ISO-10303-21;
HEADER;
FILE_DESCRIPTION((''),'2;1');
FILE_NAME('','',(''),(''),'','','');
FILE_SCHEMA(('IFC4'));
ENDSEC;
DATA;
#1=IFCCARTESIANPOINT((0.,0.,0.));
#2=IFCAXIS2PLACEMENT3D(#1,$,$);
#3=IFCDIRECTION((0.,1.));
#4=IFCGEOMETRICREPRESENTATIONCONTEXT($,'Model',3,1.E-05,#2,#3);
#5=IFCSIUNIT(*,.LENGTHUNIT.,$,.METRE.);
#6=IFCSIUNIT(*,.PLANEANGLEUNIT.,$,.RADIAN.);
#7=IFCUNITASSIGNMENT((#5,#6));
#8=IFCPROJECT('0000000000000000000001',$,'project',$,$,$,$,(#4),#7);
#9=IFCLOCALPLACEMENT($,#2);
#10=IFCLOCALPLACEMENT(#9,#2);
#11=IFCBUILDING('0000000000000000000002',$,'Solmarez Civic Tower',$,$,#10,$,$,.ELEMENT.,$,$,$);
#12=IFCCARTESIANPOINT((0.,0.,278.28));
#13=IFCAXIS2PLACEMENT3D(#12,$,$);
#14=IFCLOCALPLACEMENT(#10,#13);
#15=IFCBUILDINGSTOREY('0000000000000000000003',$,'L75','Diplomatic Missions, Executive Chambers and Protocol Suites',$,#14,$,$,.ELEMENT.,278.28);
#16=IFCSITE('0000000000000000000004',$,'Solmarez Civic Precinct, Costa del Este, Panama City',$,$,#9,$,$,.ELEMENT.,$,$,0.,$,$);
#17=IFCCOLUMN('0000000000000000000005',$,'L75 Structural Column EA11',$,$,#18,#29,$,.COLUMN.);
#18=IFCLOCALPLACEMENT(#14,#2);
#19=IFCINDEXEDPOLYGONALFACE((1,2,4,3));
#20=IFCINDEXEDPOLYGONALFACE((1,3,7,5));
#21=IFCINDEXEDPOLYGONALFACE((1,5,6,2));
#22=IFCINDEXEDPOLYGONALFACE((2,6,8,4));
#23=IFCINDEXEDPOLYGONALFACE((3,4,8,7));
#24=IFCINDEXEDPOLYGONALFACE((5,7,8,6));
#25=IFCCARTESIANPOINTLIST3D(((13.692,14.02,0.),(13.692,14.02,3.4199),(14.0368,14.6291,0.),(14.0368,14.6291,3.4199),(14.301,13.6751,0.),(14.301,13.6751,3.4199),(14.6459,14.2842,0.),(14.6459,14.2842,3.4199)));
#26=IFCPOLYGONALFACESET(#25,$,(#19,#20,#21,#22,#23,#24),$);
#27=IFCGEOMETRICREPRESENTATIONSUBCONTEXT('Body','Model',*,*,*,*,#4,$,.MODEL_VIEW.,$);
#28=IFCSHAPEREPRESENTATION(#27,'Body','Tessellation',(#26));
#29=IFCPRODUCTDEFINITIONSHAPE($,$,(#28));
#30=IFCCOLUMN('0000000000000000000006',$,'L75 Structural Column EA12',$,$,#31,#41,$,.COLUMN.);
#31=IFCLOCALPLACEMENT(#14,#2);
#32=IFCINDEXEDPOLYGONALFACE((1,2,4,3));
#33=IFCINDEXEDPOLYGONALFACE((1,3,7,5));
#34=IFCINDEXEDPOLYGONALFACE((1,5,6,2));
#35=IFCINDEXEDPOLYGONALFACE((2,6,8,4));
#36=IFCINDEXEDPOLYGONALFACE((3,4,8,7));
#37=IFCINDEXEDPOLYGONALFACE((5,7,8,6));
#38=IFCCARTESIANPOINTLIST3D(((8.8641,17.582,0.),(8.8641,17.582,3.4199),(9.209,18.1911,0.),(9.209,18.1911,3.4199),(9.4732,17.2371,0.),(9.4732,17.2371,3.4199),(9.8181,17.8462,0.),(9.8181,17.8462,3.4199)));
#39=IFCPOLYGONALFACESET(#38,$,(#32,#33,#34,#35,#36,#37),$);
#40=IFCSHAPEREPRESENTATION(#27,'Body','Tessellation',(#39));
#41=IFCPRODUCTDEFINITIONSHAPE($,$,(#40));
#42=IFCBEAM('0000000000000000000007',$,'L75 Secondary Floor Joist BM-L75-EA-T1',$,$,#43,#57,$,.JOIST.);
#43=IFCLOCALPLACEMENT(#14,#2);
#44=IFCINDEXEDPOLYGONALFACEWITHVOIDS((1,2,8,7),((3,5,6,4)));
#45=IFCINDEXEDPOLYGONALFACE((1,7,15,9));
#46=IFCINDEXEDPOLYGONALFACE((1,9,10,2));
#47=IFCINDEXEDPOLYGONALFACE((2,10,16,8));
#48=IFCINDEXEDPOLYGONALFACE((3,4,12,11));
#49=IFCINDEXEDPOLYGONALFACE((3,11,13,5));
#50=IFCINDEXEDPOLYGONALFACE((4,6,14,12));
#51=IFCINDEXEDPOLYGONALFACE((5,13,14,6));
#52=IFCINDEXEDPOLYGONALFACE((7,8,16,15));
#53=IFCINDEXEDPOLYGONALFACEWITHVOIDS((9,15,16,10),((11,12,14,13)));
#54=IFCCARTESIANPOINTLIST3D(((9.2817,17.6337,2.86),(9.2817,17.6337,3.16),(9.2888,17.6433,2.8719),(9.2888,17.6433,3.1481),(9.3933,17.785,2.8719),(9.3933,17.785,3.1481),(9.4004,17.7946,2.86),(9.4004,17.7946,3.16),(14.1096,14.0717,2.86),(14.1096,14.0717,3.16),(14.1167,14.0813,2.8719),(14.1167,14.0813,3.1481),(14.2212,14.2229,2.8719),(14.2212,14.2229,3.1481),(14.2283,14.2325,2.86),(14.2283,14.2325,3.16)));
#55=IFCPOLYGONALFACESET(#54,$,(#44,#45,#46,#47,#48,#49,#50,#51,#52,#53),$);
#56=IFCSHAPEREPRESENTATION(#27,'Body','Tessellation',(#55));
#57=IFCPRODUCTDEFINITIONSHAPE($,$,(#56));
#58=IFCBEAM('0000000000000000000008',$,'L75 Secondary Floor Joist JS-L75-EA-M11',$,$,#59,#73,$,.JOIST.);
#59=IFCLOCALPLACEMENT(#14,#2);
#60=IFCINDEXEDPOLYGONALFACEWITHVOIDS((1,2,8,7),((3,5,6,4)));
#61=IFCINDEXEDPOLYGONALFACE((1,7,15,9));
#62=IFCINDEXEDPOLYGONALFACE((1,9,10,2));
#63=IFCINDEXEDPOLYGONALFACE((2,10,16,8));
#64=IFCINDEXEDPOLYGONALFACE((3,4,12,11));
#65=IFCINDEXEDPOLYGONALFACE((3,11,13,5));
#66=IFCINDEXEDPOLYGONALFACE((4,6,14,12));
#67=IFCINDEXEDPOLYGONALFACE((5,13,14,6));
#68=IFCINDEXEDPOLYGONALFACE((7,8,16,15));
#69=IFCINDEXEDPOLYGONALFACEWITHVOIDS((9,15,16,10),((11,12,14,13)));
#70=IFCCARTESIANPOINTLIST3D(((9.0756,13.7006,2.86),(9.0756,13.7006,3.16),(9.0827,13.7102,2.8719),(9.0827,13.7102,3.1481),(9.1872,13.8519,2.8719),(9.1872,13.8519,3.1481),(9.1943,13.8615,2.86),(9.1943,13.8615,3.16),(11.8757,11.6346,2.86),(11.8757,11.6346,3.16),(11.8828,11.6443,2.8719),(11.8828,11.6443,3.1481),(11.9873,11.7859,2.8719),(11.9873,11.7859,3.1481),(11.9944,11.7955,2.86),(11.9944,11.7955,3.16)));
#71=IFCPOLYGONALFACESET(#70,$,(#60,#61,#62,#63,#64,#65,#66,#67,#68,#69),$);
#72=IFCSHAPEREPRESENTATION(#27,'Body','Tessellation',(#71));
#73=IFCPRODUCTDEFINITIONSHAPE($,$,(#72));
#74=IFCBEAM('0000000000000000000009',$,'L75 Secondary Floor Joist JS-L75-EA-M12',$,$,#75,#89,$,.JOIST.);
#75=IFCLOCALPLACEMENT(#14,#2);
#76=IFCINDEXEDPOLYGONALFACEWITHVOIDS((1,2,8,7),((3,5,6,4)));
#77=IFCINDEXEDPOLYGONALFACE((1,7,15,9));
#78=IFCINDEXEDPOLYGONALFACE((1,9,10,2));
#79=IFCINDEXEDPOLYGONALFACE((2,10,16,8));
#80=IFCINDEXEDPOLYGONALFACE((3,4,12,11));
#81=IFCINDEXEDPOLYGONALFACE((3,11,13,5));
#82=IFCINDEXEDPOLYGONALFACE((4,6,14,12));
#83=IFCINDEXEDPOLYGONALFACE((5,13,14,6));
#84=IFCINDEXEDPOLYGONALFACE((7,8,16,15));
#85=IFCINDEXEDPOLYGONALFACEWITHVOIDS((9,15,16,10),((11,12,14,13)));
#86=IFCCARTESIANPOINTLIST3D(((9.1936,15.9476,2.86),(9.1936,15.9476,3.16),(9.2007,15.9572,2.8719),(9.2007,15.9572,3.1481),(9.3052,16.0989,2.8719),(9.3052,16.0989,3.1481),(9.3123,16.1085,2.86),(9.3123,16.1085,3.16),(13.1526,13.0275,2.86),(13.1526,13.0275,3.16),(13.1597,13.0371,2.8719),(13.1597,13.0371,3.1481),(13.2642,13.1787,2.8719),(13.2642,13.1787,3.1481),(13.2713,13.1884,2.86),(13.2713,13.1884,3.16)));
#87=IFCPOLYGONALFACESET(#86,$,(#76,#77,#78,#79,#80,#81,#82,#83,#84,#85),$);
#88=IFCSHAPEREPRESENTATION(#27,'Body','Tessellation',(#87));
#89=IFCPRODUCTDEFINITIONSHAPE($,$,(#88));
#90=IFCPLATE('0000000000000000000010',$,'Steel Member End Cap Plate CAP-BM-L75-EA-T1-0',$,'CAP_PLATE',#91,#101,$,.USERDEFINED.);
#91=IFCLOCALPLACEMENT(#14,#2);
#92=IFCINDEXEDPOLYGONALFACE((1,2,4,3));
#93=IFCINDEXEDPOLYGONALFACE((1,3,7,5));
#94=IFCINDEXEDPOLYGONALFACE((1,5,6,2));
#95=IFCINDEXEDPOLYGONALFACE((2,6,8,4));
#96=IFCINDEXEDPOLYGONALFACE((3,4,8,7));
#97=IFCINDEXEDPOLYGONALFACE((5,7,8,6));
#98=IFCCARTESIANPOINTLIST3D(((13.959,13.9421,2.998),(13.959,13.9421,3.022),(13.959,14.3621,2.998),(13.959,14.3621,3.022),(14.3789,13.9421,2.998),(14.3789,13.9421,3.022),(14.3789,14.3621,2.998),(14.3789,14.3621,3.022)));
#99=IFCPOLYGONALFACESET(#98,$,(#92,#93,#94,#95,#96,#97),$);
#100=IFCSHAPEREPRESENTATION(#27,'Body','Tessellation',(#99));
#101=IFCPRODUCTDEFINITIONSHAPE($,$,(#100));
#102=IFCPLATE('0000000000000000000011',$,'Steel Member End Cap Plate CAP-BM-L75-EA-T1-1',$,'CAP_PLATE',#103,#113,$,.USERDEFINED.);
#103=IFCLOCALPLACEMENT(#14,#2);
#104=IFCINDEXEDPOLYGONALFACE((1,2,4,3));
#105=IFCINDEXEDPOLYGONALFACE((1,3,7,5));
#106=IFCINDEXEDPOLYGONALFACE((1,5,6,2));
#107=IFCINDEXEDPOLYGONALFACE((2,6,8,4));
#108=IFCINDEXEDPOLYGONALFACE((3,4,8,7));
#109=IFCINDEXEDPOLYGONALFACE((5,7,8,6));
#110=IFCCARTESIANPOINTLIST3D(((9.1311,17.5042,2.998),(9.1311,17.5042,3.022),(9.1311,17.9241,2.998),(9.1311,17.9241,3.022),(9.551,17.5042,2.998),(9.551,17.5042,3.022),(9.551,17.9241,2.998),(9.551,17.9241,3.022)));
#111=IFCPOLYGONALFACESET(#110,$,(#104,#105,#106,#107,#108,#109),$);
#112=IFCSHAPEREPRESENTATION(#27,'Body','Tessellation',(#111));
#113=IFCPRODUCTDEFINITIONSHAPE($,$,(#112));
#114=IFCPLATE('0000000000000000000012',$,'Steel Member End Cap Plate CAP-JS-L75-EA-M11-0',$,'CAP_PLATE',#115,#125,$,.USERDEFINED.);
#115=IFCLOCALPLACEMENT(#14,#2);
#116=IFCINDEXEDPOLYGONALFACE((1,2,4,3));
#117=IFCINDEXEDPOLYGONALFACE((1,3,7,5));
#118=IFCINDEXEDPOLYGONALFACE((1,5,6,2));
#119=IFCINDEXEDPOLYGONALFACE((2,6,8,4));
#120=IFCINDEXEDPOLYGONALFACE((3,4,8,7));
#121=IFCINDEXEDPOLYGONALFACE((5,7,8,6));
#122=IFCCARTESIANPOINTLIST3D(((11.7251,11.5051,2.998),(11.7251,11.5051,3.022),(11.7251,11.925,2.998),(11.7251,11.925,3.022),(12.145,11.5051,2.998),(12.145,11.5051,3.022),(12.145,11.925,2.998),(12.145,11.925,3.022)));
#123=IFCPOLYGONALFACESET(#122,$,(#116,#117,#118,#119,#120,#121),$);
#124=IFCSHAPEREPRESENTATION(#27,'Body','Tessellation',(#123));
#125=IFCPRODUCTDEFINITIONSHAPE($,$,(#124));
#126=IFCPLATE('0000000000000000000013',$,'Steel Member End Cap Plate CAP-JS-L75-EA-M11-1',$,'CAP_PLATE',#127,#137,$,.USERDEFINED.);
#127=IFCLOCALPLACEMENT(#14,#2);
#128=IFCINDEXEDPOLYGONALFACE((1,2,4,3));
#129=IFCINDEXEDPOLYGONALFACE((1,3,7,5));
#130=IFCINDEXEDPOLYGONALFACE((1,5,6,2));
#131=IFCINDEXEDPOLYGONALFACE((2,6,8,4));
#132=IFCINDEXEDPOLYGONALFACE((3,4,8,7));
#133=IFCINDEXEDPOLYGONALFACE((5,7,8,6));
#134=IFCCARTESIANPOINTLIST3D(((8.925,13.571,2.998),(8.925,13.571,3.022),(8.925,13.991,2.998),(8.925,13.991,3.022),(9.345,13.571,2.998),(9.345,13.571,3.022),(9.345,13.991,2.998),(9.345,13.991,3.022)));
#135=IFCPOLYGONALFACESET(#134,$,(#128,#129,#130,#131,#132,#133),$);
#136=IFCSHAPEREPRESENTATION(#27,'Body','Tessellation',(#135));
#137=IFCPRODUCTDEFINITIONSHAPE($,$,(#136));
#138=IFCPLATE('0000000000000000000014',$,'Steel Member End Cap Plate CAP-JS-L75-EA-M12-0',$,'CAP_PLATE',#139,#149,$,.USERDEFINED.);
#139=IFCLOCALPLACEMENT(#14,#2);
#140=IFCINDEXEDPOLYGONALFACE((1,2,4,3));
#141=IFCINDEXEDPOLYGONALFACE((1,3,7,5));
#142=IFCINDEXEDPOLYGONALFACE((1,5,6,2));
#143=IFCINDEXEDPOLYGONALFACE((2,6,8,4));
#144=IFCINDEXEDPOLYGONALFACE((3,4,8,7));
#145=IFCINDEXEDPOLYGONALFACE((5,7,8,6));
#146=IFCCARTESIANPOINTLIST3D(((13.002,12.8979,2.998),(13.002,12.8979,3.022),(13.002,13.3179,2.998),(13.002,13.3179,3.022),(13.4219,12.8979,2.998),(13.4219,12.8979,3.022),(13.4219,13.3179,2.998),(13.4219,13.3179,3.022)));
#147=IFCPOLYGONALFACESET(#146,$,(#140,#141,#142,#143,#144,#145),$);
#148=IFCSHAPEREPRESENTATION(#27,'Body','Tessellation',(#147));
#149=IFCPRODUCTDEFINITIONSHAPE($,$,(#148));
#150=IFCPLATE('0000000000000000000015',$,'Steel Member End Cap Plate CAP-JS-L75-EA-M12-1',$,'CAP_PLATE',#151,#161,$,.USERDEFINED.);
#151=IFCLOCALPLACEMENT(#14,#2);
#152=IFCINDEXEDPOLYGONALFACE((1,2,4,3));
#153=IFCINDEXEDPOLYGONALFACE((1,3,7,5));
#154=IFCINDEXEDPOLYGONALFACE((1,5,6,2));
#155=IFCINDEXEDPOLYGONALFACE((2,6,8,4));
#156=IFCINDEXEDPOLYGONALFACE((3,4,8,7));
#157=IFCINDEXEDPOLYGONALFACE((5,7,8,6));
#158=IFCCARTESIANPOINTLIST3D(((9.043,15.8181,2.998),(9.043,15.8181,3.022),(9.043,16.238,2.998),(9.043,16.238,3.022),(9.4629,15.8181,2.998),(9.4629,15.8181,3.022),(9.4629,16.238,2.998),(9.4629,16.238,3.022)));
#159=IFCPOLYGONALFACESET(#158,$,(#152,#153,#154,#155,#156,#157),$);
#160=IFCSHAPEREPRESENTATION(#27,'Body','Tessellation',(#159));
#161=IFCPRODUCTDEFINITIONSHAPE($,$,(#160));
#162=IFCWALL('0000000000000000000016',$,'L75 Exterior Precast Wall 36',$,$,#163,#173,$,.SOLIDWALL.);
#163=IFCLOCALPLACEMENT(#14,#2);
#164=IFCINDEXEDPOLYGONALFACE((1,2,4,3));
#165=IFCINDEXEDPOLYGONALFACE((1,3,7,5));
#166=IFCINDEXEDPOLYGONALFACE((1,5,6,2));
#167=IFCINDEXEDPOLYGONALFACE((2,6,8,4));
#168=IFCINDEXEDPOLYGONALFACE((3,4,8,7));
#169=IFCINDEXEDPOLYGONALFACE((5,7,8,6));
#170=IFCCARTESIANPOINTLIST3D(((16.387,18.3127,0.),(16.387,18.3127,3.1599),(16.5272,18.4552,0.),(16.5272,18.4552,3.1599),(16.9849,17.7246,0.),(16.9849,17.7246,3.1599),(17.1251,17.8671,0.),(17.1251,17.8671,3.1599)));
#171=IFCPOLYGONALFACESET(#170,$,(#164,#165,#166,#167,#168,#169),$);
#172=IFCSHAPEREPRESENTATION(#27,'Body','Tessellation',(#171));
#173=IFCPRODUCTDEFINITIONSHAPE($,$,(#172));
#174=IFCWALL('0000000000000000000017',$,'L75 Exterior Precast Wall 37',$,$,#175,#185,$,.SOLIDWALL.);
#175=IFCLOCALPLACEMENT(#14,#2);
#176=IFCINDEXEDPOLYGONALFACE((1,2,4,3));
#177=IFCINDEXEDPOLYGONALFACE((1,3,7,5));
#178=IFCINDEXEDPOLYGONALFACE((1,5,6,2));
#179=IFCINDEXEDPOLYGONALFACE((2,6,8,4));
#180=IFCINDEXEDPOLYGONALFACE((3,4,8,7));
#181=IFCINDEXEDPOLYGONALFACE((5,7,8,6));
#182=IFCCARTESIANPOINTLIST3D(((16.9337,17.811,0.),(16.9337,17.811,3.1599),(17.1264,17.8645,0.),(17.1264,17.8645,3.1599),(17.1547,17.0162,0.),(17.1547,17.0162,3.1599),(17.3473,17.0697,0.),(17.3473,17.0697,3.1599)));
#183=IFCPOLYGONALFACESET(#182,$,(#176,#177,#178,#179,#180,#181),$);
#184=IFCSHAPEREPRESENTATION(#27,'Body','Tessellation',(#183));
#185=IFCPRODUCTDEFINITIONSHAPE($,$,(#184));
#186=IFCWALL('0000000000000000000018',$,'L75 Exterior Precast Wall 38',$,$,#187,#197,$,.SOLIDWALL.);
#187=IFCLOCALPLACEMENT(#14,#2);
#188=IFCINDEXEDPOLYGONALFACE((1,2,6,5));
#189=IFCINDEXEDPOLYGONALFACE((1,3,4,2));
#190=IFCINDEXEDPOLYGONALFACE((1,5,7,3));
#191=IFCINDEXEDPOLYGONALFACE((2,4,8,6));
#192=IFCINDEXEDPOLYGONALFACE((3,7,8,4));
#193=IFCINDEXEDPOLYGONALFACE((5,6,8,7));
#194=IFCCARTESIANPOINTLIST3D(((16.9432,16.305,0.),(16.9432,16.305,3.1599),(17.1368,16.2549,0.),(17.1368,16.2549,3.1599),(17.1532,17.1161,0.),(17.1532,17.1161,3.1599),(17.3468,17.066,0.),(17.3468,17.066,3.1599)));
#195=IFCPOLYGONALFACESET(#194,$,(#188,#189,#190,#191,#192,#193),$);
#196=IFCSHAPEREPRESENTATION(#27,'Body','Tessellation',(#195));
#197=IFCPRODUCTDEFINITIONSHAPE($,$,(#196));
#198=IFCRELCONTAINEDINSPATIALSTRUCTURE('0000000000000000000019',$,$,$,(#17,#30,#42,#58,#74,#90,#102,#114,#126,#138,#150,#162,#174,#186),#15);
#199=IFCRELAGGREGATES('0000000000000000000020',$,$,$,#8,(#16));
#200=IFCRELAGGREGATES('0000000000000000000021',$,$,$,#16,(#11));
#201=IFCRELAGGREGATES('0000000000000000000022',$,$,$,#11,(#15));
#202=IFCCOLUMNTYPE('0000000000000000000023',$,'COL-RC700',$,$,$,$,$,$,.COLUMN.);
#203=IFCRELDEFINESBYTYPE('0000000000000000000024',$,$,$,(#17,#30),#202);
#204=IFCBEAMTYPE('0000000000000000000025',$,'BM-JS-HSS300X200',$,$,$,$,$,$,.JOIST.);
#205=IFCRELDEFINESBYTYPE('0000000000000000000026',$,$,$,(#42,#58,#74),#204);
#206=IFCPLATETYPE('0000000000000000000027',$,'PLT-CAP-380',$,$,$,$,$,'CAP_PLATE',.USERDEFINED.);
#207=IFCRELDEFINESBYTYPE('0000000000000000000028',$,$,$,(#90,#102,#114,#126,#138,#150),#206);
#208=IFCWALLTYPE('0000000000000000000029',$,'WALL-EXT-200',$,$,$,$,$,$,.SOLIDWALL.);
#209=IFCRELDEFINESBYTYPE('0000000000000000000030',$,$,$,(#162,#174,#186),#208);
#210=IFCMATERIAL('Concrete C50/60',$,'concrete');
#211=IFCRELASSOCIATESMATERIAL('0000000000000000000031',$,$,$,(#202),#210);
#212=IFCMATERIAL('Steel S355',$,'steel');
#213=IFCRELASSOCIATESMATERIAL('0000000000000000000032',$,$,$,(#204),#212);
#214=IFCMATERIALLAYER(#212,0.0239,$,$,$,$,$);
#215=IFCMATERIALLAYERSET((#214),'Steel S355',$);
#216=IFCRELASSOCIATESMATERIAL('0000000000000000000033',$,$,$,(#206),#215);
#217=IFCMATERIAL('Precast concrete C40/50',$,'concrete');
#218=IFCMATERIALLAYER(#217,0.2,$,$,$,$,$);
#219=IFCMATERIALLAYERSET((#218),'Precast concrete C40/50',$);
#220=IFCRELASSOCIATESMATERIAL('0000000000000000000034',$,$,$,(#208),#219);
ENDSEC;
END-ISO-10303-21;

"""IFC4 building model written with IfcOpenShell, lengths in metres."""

from ifc_helpers import new_model, si_unit, direction, frame, frame_2d, origin, origin_2d, place, context, subcontext, project, spatial, rectangle, hollow_rectangle, extrude, material, layer, layer_set, material_profile, profile_set, type_object, element, save


model = new_model("IFC4")

# Units and contexts
model_context = context("Model", 3, precision=1e-05, world=origin(), true_north=direction((0.0, 1.0)))
body_context = subcontext(model_context, "Body", "Model", "MODEL_VIEW")
ifc_project = project(units=[si_unit("LENGTHUNIT", "METRE"), si_unit("PLANEANGLEUNIT", "RADIAN")], contexts=[model_context])

# Site, building, storey
site_placement = place(None, origin())
site = spatial("IfcSite", under=ifc_project, at=site_placement, Name="Solmarez Civic Precinct, Costa del Este, Panama City", CompositionType="ELEMENT", RefElevation=0.0)
building_placement = place(site_placement, origin())
building = spatial("IfcBuilding", under=site, at=building_placement, Name="Solmarez Civic Tower", CompositionType="ELEMENT")
storey_placement = place(building_placement, frame((0.0, 0.0, 278.28)))
storey = spatial("IfcBuildingStorey", under=building, at=storey_placement, Name="L75", Description="Diplomatic Missions, Executive Chambers and Protocol Suites", CompositionType="ELEMENT", Elevation=278.28)

# Columns
ifc_material_1 = material(Name="Concrete C50/60", Category="concrete")
ifc_material_profile_1 = material_profile(ifc_material_1, rectangle(XDim=0.7, YDim=0.7, at=origin_2d()), Name="RC700X700")
ifc_profile_set_1 = profile_set([ifc_material_profile_1], Name="Concrete C50/60")
column_type = type_object("IfcColumnType", Name="COL-RC700", PredefinedType="COLUMN", material=ifc_profile_set_1)
for number, where, z_axis, x_axis, name in (
    (1, (14.1689, 14.1521, 0.0), (0.0, 0.0, 1.0), (0.492727, 0.870184, 0.0), "L75 Structural Column EA11"),
    (2, (9.3411, 17.7141, 0.0), (0.0, 0.0, 1.0), (0.492727, 0.870184, 0.0), "L75 Structural Column EA12"),
):
    element("IfcColumn", number, at=place(storey_placement, frame(where, z_axis=z_axis, x_axis=x_axis)), inside=storey, type_object=column_type, Name=name, PredefinedType="COLUMN", context=body_context, shape_type="SweptSolid", body=[
        extrude(rectangle(XDim=0.7, YDim=0.7, at=origin_2d()), origin(), (0.0, 0.0, 1.0), 3.4199),
    ])

# Beams
ifc_material_2 = material(Name="Steel S355", Category="steel")
ifc_material_profile_2 = material_profile(ifc_material_2, hollow_rectangle(XDim=0.2, YDim=0.3, WallThickness=0.012, at=origin_2d()), Name="HSS300X200X12")
ifc_profile_set_2 = profile_set([ifc_material_profile_2], Name="Steel S355")
beam_type = type_object("IfcBeamType", Name="BM-JS-HSS300X200", PredefinedType="JOIST", material=ifc_profile_set_2)
beam_1_placement = place(storey_placement, frame((14.1689, 14.1521, 3.01), z_axis=(-0.804687, 0.593699, 0.0), x_axis=(-0.593699, -0.804687, 0.0)))
element("IfcBeam", 3, at=beam_1_placement, inside=storey, type_object=beam_type, Name="L75 Secondary Floor Joist BM-L75-EA-T1", PredefinedType="JOIST", context=body_context, shape_type="SweptSolid", body=[
    extrude(hollow_rectangle(XDim=0.2, YDim=0.3, WallThickness=0.012, at=origin_2d()), origin(), (0.0, 0.0, 1.0), 5.9998),
])
beam_2_placement = place(storey_placement, frame((11.9351, 11.7151, 3.01), z_axis=(-0.804682, 0.593706, 0.0), x_axis=(-0.593706, -0.804682, 0.0)))
element("IfcBeam", 4, at=beam_2_placement, inside=storey, type_object=beam_type, Name="L75 Secondary Floor Joist JS-L75-EA-M11", PredefinedType="JOIST", context=body_context, shape_type="SweptSolid", body=[
    extrude(hollow_rectangle(XDim=0.2, YDim=0.3, WallThickness=0.012, at=origin_2d()), origin(), (0.0, 0.0, 1.0), 3.4797),
])
beam_3_placement = place(storey_placement, frame((13.2119, 13.1079, 3.01), z_axis=(-0.804763, 0.593597, 0.0), x_axis=(-0.593597, -0.804763, 0.0)))
element("IfcBeam", 5, at=beam_3_placement, inside=storey, type_object=beam_type, Name="L75 Secondary Floor Joist JS-L75-EA-M12", PredefinedType="JOIST", context=body_context, shape_type="SweptSolid", body=[
    extrude(hollow_rectangle(XDim=0.2, YDim=0.3, WallThickness=0.012, at=origin_2d()), origin(), (0.0, 0.0, 1.0), 4.9194),
])

# Plates
ifc_layer_1 = layer(ifc_material_2, 0.0239)
ifc_layer_set_1 = layer_set([ifc_layer_1], Name="Steel S355")
plate_type = type_object("IfcPlateType", Name="PLT-CAP-380", ElementType="CAP_PLATE", PredefinedType="USERDEFINED", material=ifc_layer_set_1)
for number, where, z_axis, x_axis, name in (
    (6, (14.1689, 14.1521, 2.998), (0.0, 0.0, 1.0), (1.0, 0.0, 0.0), "Steel Member End Cap Plate CAP-BM-L75-EA-T1-0"),
    (7, (9.3411, 17.7141, 2.998), (0.0, 0.0, 1.0), (1.0, 0.0, 0.0), "Steel Member End Cap Plate CAP-BM-L75-EA-T1-1"),
    (8, (11.9351, 11.7151, 2.998), (0.0, 0.0, 1.0), (1.0, 0.0, 0.0), "Steel Member End Cap Plate CAP-JS-L75-EA-M11-0"),
    (9, (9.135, 13.781, 2.998), (0.0, 0.0, 1.0), (1.0, 0.0, 0.0), "Steel Member End Cap Plate CAP-JS-L75-EA-M11-1"),
    (10, (13.2119, 13.1079, 2.998), (0.0, 0.0, 1.0), (1.0, 0.0, 0.0), "Steel Member End Cap Plate CAP-JS-L75-EA-M12-0"),
    (11, (9.2529, 16.0281, 2.998), (0.0, 0.0, 1.0), (1.0, 0.0, 0.0), "Steel Member End Cap Plate CAP-JS-L75-EA-M12-1"),
):
    element("IfcPlate", number, at=place(storey_placement, frame(where, z_axis=z_axis, x_axis=x_axis)), inside=storey, type_object=plate_type, Name=name, ObjectType="CAP_PLATE", PredefinedType="USERDEFINED", context=body_context, shape_type="SweptSolid", body=[
        extrude(rectangle(XDim=0.4199, YDim=0.4199, at=origin_2d()), origin(), (0.0, 0.0, 1.0), 0.0239),
    ])

# Walls
ifc_material_3 = material(Name="Precast concrete C40/50", Category="concrete")
ifc_layer_2 = layer(ifc_material_3, 0.2)
ifc_layer_set_2 = layer_set([ifc_layer_2], Name="Precast concrete C40/50")
wall_type = type_object("IfcWallType", Name="WALL-EXT-200", PredefinedType="SOLIDWALL", material=ifc_layer_set_2)
wall_1_placement = place(storey_placement, frame((16.457, 18.384, 0.0), z_axis=(0.0, 0.0, 1.0), x_axis=(0.712905, -0.701261, 0.0)))
element("IfcWall", 12, at=wall_1_placement, inside=storey, type_object=wall_type, Name="L75 Exterior Precast Wall 36", PredefinedType="SOLIDWALL", context=body_context, shape_type="SweptSolid", body=[
    extrude(rectangle(XDim=0.8386, YDim=0.2, at=frame_2d((0.4194, 0.0))), origin(), (0.0, 0.0, 1.0), 3.1599),
])
wall_2_placement = place(storey_placement, frame((17.03, 17.8379, 0.0), z_axis=(0.0, 0.0, 1.0), x_axis=(0.267796, -0.963476, 0.0)))
element("IfcWall", 13, at=wall_2_placement, inside=storey, type_object=wall_type, Name="L75 Exterior Precast Wall 37", PredefinedType="SOLIDWALL", context=body_context, shape_type="SweptSolid", body=[
    extrude(rectangle(XDim=0.825, YDim=0.2, at=frame_2d((0.4126, 0.0))), origin(), (0.0, 0.0, 1.0), 3.1599),
])
wall_3_placement = place(storey_placement, frame((17.25, 17.0911, 0.0), z_axis=(0.0, 0.0, 1.0), x_axis=(-0.250618, -0.968086, 0.0)))
element("IfcWall", 14, at=wall_3_placement, inside=storey, type_object=wall_type, Name="L75 Exterior Precast Wall 38", PredefinedType="SOLIDWALL", context=body_context, shape_type="SweptSolid", body=[
    extrude(rectangle(XDim=0.8379, YDim=0.2, at=frame_2d((0.4189, 0.0))), origin(), (0.0, 0.0, 1.0), 3.1599),
])

save(model, "model.ifc")
